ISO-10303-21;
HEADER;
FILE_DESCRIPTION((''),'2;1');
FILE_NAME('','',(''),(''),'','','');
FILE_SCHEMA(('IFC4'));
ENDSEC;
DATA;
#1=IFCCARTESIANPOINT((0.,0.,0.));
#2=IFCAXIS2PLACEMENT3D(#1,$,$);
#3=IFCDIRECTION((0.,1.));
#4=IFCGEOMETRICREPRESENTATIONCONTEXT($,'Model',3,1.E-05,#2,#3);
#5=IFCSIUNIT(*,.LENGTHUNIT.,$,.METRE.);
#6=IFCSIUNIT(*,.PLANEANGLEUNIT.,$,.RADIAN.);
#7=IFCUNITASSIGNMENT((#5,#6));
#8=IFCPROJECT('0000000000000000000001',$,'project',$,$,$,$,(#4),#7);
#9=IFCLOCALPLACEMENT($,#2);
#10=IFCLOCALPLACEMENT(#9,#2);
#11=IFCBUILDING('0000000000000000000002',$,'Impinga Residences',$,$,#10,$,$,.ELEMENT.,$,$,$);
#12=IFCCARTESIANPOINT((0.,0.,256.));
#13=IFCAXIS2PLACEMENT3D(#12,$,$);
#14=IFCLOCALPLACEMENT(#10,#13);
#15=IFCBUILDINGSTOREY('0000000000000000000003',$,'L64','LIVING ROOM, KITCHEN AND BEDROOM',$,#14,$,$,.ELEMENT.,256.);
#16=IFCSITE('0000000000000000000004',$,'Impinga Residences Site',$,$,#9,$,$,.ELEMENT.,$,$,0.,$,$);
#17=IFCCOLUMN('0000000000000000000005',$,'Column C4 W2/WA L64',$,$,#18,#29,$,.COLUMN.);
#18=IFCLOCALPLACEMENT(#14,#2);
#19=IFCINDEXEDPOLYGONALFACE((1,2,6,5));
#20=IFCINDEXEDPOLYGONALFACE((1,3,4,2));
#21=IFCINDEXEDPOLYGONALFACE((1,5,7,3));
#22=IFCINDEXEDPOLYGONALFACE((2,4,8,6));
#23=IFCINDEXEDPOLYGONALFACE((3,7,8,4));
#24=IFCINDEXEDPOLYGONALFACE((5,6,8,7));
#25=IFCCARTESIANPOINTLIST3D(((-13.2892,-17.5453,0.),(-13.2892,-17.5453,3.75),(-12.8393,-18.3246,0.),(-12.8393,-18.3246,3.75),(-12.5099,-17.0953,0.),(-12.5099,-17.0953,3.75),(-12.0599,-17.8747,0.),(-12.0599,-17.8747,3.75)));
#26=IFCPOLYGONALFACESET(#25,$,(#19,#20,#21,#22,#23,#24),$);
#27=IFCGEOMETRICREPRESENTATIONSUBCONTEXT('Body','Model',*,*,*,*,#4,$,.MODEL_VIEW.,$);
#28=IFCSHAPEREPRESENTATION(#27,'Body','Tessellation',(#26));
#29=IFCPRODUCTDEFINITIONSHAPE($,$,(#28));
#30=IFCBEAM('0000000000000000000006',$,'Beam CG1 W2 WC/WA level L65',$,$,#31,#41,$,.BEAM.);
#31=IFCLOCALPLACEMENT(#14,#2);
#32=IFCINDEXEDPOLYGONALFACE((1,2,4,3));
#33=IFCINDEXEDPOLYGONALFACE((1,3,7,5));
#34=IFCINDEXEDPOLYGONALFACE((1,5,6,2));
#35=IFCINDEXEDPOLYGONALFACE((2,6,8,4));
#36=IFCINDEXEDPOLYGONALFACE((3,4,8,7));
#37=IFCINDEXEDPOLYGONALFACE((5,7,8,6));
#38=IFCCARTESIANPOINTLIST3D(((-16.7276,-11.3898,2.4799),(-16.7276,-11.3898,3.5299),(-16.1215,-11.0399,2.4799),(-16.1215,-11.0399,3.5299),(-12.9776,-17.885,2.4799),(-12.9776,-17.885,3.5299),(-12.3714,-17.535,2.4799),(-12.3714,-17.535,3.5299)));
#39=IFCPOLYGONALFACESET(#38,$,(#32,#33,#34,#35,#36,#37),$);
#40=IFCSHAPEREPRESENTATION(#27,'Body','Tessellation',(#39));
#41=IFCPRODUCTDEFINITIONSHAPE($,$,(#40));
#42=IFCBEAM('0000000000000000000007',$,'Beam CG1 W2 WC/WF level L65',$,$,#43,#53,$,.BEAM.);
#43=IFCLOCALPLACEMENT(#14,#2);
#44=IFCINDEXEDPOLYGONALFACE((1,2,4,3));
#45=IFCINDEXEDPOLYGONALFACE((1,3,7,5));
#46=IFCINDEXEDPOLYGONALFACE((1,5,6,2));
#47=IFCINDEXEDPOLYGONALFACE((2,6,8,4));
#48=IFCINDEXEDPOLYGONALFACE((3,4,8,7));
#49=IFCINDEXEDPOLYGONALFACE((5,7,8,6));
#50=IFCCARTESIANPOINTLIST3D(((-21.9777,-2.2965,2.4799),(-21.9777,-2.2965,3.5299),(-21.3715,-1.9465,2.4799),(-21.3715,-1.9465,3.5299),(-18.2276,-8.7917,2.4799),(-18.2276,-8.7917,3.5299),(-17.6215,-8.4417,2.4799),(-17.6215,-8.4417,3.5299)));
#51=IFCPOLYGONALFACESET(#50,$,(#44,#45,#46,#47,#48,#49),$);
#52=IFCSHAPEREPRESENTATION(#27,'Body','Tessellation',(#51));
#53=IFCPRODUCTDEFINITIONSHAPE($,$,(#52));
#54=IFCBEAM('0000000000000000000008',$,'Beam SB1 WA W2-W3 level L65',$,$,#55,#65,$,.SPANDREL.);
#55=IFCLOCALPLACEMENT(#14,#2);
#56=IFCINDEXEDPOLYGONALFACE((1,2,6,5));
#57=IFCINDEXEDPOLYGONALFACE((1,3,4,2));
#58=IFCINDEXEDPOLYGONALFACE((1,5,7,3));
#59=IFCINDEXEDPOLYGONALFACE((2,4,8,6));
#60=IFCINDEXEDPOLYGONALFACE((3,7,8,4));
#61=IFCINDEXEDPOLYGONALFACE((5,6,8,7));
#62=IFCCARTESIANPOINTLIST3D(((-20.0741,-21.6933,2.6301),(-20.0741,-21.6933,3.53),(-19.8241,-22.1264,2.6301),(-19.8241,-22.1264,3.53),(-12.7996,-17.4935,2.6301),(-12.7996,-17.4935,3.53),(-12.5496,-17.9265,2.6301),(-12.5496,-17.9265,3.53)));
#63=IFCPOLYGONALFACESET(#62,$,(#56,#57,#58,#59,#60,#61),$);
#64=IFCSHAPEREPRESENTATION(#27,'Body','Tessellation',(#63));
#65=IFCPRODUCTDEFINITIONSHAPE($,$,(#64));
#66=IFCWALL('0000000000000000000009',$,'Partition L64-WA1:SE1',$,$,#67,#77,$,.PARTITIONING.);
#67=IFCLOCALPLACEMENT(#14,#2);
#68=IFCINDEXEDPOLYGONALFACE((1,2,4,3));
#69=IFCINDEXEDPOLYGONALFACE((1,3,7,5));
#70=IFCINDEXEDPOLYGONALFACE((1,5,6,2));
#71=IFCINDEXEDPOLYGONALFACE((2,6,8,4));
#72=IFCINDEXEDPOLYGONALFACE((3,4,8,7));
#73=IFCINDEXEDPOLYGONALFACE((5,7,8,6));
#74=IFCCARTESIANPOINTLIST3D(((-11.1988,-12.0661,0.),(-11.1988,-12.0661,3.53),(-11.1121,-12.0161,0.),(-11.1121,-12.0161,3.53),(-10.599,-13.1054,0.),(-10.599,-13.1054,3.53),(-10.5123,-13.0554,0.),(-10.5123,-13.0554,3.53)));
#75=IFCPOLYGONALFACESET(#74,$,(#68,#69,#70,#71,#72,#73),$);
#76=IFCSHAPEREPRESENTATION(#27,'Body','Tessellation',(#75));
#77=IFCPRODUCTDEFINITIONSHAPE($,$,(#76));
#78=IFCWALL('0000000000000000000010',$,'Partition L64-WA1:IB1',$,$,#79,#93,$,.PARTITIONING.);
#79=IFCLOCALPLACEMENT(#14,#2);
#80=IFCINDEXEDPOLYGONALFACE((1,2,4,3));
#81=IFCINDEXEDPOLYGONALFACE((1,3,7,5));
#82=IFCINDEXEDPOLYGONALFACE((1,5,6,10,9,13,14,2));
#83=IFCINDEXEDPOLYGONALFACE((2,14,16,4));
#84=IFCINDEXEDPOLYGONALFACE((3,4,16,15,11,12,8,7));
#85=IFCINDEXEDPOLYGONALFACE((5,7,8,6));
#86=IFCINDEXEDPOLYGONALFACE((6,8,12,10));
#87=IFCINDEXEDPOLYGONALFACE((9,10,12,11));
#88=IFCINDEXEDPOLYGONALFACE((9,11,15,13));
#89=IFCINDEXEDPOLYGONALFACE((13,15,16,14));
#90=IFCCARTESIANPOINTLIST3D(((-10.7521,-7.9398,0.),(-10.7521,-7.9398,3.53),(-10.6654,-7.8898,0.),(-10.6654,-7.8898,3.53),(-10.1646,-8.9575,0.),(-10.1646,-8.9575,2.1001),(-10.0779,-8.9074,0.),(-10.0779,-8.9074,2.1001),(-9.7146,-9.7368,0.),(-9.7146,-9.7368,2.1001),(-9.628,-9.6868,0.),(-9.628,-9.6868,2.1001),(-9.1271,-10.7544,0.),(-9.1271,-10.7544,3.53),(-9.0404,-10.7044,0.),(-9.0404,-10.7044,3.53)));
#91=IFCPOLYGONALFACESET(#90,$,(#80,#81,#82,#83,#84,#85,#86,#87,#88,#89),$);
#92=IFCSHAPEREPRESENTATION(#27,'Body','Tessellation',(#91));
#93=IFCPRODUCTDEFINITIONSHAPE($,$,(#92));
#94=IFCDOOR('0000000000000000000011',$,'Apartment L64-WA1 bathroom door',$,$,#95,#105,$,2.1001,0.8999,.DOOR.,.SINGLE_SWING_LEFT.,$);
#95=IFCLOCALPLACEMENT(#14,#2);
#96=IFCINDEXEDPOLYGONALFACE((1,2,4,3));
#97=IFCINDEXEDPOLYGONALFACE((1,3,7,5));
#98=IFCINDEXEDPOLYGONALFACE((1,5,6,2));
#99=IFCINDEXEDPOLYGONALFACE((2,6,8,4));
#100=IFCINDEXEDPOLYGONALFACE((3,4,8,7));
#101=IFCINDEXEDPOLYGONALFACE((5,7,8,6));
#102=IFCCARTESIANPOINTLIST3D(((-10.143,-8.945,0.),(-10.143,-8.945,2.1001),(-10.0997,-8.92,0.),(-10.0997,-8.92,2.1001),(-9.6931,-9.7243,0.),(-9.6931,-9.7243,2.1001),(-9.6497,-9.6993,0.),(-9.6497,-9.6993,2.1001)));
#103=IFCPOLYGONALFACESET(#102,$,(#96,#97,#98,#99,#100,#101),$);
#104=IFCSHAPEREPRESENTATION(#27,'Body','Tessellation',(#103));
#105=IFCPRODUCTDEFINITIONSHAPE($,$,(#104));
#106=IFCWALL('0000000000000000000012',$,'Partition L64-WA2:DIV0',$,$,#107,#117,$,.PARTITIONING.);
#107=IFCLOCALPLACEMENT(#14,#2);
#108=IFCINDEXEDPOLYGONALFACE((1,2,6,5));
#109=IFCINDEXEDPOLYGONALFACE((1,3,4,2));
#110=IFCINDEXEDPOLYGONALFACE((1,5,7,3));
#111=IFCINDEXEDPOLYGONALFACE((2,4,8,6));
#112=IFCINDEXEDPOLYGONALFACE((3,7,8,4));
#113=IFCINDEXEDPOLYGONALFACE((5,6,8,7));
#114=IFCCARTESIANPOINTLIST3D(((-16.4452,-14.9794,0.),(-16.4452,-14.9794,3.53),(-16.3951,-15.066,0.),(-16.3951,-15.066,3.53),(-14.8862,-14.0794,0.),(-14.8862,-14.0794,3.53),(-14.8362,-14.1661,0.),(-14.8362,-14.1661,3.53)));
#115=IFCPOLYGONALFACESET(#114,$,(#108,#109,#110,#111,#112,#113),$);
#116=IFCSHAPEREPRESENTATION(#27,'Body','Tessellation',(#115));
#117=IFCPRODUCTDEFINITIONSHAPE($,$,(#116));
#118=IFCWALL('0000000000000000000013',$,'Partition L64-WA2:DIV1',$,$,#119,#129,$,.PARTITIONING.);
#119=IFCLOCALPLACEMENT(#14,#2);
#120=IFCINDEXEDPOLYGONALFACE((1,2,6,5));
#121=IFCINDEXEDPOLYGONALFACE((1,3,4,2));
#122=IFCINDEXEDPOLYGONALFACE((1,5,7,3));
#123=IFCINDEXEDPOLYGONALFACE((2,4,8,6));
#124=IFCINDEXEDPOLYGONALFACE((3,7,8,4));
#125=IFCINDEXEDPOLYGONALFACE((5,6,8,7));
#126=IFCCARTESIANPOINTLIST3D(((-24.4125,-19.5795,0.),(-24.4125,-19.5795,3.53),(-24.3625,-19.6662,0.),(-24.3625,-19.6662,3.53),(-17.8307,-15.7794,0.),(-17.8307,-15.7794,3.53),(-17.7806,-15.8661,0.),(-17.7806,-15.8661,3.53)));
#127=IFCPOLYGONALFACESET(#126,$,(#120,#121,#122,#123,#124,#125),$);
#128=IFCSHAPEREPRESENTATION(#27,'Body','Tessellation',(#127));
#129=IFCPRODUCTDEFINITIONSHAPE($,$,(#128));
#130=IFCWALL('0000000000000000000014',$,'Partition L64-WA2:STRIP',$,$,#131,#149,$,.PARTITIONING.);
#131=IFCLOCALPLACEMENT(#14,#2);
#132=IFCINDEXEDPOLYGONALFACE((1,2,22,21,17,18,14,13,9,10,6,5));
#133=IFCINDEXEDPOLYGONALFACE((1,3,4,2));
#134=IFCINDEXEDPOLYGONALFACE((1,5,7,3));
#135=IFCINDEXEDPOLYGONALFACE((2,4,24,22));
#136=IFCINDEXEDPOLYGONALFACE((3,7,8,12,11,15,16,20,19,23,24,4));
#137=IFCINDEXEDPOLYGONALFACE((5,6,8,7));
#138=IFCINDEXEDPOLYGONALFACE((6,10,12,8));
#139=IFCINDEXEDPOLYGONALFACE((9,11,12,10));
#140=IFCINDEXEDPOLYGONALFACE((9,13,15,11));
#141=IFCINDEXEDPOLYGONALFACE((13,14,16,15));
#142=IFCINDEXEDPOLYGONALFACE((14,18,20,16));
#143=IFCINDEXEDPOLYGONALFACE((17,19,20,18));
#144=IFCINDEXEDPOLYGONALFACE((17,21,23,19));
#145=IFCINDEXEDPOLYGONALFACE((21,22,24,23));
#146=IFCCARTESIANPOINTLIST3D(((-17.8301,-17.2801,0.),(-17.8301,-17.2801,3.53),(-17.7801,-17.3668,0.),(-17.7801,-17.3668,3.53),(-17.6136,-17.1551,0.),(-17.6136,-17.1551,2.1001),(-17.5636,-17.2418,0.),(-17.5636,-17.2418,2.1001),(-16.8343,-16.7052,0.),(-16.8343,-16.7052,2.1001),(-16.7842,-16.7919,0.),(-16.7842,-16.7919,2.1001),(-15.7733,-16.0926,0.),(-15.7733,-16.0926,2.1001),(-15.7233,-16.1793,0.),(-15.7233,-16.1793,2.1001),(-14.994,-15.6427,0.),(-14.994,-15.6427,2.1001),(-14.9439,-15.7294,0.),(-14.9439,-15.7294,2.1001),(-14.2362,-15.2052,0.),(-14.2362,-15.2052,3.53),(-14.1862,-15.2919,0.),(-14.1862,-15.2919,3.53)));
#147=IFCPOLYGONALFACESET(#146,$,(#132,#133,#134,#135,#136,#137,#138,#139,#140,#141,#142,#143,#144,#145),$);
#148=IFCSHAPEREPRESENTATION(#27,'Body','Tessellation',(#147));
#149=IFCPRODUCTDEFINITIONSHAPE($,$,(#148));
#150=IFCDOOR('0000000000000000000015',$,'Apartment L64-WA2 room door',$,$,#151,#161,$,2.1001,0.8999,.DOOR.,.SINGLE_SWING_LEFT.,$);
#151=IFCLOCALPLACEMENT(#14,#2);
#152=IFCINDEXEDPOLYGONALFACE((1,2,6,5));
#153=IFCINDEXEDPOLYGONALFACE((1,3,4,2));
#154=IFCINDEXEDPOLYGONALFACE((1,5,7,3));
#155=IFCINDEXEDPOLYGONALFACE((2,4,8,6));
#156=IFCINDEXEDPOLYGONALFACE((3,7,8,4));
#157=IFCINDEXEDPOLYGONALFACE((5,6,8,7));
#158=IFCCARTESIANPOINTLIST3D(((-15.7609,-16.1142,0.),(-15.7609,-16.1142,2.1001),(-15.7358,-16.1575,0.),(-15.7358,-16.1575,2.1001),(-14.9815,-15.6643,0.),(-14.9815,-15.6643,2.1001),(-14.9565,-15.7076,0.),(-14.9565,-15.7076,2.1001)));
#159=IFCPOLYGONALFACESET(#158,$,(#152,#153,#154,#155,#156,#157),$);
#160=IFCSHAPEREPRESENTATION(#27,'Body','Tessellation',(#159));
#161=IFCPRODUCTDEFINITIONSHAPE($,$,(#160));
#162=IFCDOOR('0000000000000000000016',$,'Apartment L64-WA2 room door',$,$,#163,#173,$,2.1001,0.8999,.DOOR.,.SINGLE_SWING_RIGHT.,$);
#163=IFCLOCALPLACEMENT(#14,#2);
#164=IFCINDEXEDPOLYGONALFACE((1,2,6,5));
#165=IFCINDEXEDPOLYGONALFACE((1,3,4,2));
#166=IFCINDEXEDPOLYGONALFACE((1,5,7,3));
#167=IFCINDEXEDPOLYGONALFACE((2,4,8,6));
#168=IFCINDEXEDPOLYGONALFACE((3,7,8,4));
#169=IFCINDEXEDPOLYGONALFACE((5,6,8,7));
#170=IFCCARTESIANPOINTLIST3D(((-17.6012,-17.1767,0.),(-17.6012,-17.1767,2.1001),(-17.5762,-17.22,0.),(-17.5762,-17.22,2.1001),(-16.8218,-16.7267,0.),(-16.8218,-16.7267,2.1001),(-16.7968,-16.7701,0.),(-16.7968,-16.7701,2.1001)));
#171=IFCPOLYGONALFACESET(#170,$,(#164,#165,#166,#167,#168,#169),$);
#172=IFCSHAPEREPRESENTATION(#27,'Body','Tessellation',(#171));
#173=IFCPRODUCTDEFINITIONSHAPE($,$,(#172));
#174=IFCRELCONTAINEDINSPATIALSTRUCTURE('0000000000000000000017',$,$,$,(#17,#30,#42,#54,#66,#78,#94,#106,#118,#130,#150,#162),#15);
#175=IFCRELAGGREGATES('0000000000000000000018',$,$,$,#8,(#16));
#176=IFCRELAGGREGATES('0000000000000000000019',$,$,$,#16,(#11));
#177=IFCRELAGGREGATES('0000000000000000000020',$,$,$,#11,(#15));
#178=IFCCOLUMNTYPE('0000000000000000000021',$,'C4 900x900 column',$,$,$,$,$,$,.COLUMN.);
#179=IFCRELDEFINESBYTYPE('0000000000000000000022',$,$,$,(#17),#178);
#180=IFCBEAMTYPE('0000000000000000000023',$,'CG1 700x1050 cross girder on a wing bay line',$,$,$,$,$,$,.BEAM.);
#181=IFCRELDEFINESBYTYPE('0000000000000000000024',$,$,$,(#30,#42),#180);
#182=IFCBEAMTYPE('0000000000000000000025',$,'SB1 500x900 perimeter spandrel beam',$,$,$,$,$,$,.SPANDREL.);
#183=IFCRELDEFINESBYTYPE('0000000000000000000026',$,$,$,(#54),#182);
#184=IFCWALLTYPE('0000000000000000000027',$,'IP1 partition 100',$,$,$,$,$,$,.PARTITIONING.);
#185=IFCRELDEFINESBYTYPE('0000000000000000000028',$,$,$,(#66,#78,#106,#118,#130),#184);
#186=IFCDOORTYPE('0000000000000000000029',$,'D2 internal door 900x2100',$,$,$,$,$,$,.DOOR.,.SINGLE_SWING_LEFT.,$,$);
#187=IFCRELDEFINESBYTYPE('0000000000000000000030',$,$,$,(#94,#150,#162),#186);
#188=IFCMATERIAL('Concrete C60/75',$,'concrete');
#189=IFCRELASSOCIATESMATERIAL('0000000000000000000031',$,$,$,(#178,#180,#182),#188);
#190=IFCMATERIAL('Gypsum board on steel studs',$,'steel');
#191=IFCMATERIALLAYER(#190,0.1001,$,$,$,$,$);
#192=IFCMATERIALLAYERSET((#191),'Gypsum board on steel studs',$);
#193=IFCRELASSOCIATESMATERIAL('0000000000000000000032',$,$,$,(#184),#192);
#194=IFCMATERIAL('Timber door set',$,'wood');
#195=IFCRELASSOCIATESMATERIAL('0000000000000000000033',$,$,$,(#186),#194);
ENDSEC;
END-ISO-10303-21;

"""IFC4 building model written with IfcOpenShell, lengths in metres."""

from ifc_helpers import new_model, si_unit, direction, frame, frame_2d, origin, origin_2d, place, context, subcontext, project, spatial, rectangle, extrude, material, layer, layer_set, material_profile, profile_set, type_object, element, fill, save


model = new_model("IFC4")

# Units and contexts
model_context = context("Model", 3, precision=1e-05, world=origin(), true_north=direction((0.0, 1.0)))
body_context = subcontext(model_context, "Body", "Model", "MODEL_VIEW")
ifc_project = project(units=[si_unit("LENGTHUNIT", "METRE"), si_unit("PLANEANGLEUNIT", "RADIAN")], contexts=[model_context])

# Site, building, storey
site_placement = place(None, origin())
site = spatial("IfcSite", under=ifc_project, at=site_placement, Name="Impinga Residences Site", CompositionType="ELEMENT", RefElevation=0.0)
building_placement = place(site_placement, origin())
building = spatial("IfcBuilding", under=site, at=building_placement, Name="Impinga Residences", CompositionType="ELEMENT")
storey_placement = place(building_placement, frame((0.0, 0.0, 256.0)))
storey = spatial("IfcBuildingStorey", under=building, at=storey_placement, Name="L64", Description="LIVING ROOM, KITCHEN AND BEDROOM", CompositionType="ELEMENT", Elevation=256.0)

# Column
ifc_material_1 = material(Name="Concrete C60/75", Category="concrete")
ifc_material_profile_1 = material_profile(ifc_material_1, rectangle(XDim=0.8999, YDim=0.8999, at=origin_2d()), Name="RC 900x900")
ifc_profile_set_1 = profile_set([ifc_material_profile_1], Name="Concrete C60/75")
column_type = type_object("IfcColumnType", Name="C4 900x900 column", PredefinedType="COLUMN", material=ifc_profile_set_1)
column_placement = place(storey_placement, frame((-12.6746, -17.71, 0.0), z_axis=(0.0, 0.0, 1.0), x_axis=(-0.5, 0.866025, 0.0)))
element("IfcColumn", 1, at=column_placement, inside=storey, type_object=column_type, Name="Column C4 W2/WA L64", PredefinedType="COLUMN", context=body_context, shape_type="SweptSolid", body=[
    extrude(rectangle(XDim=0.8999, YDim=0.8999, at=origin_2d()), origin(), (0.0, 0.0, 1.0), 3.75),
])

# Beams
ifc_material_profile_2 = material_profile(ifc_material_1, rectangle(XDim=0.7, YDim=1.05, at=origin_2d()), Name="RC 700x1050")
ifc_profile_set_2 = profile_set([ifc_material_profile_2], Name="Concrete C60/75")
beam_type_1 = type_object("IfcBeamType", Name="CG1 700x1050 cross girder on a wing bay line", PredefinedType="BEAM", material=ifc_profile_set_2)
for number, where, z_axis, x_axis, name in (
    (2, (-16.4246, -11.2148, 3.0049), (0.500004, -0.866023, 0.0), (0.866023, 0.500004, 0.0), "Beam CG1 W2 WC/WA level L65"),
    (3, (-17.9246, -8.6167, 3.0049), (-0.500004, 0.866023, 0.0), (-0.866023, -0.500004, 0.0), "Beam CG1 W2 WC/WF level L65"),
):
    element("IfcBeam", number, at=place(storey_placement, frame(where, z_axis=z_axis, x_axis=x_axis)), inside=storey, type_object=beam_type_1, Name=name, PredefinedType="BEAM", context=body_context, shape_type="SweptSolid", body=[
        extrude(rectangle(XDim=0.7, YDim=1.05, at=origin_2d()), origin(), (0.0, 0.0, 1.0), 7.5),
    ])
ifc_material_profile_3 = material_profile(ifc_material_1, rectangle(XDim=0.5, YDim=0.8999, at=origin_2d()), Name="RC 500x900")
ifc_profile_set_3 = profile_set([ifc_material_profile_3], Name="Concrete C60/75")
beam_type_2 = type_object("IfcBeamType", Name="SB1 500x900 perimeter spandrel beam", PredefinedType="SPANDREL", material=ifc_profile_set_3)
beam_placement = place(storey_placement, frame((-12.6746, -17.71, 3.0801), z_axis=(-0.866029, -0.499993, 0.0), x_axis=(0.499993, -0.866029, 0.0)))
element("IfcBeam", 4, at=beam_placement, inside=storey, type_object=beam_type_2, Name="Beam SB1 WA W2-W3 level L65", PredefinedType="SPANDREL", context=body_context, shape_type="SweptSolid", body=[
    extrude(rectangle(XDim=0.5, YDim=0.8999, at=origin_2d()), origin(), (0.0, 0.0, 1.0), 8.3999),
])

# Wall
ifc_material_2 = material(Name="Gypsum board on steel studs", Category="steel")
ifc_layer_1 = layer(ifc_material_2, 0.1001)
ifc_layer_set_1 = layer_set([ifc_layer_1], Name="Gypsum board on steel studs")
wall_type_1 = type_object("IfcWallType", Name="IP1 partition 100", PredefinedType="PARTITIONING", material=ifc_layer_set_1)
wall_1_placement = place(storey_placement, frame((-11.1555, -12.041, 0.0), z_axis=(0.0, 0.0, 1.0), x_axis=(0.499881, -0.866094, 0.0)))
element("IfcWall", 5, at=wall_1_placement, inside=storey, type_object=wall_type_1, Name="Partition L64-WA1:SE1", PredefinedType="PARTITIONING", context=body_context, shape_type="SweptSolid", body=[
    extrude(rectangle(XDim=1.2, YDim=0.1001, at=frame_2d((0.6001, 0.0))), origin(), (0.0, 0.0, 1.0), 3.53),
])

# Wall, opening, door
wall_2_placement = place(storey_placement, frame((-10.7087, -7.9148, 0.0), z_axis=(0.0, 0.0, 1.0), x_axis=(0.499985, -0.866034, 0.0)))
wall_2 = element("IfcWall", 6, at=wall_2_placement, inside=storey, type_object=wall_type_1, Name="Partition L64-WA1:IB1", PredefinedType="PARTITIONING", context=body_context, shape_type="SweptSolid", body=[
    extrude(rectangle(XDim=3.25, YDim=0.1001, at=frame_2d((1.625, 0.0))), origin(), (0.0, 0.0, 1.0), 3.53),
])
opening_1_placement = place(wall_2_placement, frame((1.175, 0.0, 0.0)))
opening_1 = element("IfcOpeningElement", 7, at=opening_1_placement, cuts=wall_2, PredefinedType="OPENING", context=body_context, shape_type="SweptSolid", body=[
    extrude(rectangle(XDim=0.8999, YDim=2.1001, at=frame_2d((0.45, 1.05))), frame((0.0, 0.0601, 0.0), z_axis=(0.0, -1.0, 0.0), x_axis=(1.0, 0.0, 0.0)), (0.0, 0.0, 1.0), 0.1201),
])
ifc_material_3 = material(Name="Timber door set", Category="wood")
door_type = type_object("IfcDoorType", Name="D2 internal door 900x2100", OperationType="SINGLE_SWING_LEFT", PredefinedType="DOOR", material=ifc_material_3)
door_1_placement = place(opening_1_placement, origin())
door_1 = element("IfcDoor", 8, at=door_1_placement, inside=storey, type_object=door_type, Name="Apartment L64-WA1 bathroom door", OperationType="SINGLE_SWING_LEFT", OverallHeight=2.1001, OverallWidth=0.8999, PredefinedType="DOOR", context=body_context, shape_type="SweptSolid", body=[
    extrude(rectangle(XDim=0.8999, YDim=2.1001, at=frame_2d((0.45, 1.05))), frame((0.0, 0.0249, 0.0), z_axis=(0.0, -1.0, 0.0), x_axis=(1.0, 0.0, 0.0)), (0.0, 0.0, 1.0), 0.05),
])
fill(opening_1, door_1)

# Walls
wall_3_placement = place(storey_placement, frame((-14.8613, -14.1228, 0.0), z_axis=(0.0, 0.0, 1.0), x_axis=(-0.866048, -0.499961, 0.0)))
element("IfcWall", 9, at=wall_3_placement, inside=storey, type_object=wall_type_1, Name="Partition L64-WA2:DIV0", PredefinedType="PARTITIONING", context=body_context, shape_type="SweptSolid", body=[
    extrude(rectangle(XDim=1.8, YDim=0.1001, at=frame_2d((0.8999, 0.0))), origin(), (0.0, 0.0, 1.0), 3.53),
])
wall_4_placement = place(storey_placement, frame((-17.8057, -15.8228, 0.0), z_axis=(0.0, 0.0, 1.0), x_axis=(-0.866022, -0.500005, 0.0)))
element("IfcWall", 10, at=wall_4_placement, inside=storey, type_object=wall_type_1, Name="Partition L64-WA2:DIV1", PredefinedType="PARTITIONING", context=body_context, shape_type="SweptSolid", body=[
    extrude(rectangle(XDim=7.6001, YDim=0.1001, at=frame_2d((3.8, 0.0))), origin(), (0.0, 0.0, 1.0), 3.53),
])

# Wall, openings, doors
wall_5_placement = place(storey_placement, frame((-14.2112, -15.2485, 0.0), z_axis=(0.0, 0.0, 1.0), x_axis=(-0.86603, -0.499992, 0.0)))
wall_5 = element("IfcWall", 11, at=wall_5_placement, inside=storey, type_object=wall_type_1, Name="Partition L64-WA2:STRIP", PredefinedType="PARTITIONING", context=body_context, shape_type="SweptSolid", body=[
    extrude(rectangle(XDim=4.1499, YDim=0.1001, at=frame_2d((2.075, 0.0))), origin(), (0.0, 0.0, 1.0), 3.53),
])
opening_2_placement = place(wall_5_placement, frame((0.875, 0.0, 0.0)))
opening_2 = element("IfcOpeningElement", 12, at=opening_2_placement, cuts=wall_5, PredefinedType="OPENING", context=body_context, shape_type="SweptSolid", body=[
    extrude(rectangle(XDim=0.8999, YDim=2.1001, at=frame_2d((0.45, 1.05))), frame((0.0, 0.0601, 0.0), z_axis=(0.0, -1.0, 0.0), x_axis=(1.0, 0.0, 0.0)), (0.0, 0.0, 1.0), 0.1201),
])
opening_3_placement = place(wall_5_placement, frame((3.0, 0.0, 0.0)))
opening_3 = element("IfcOpeningElement", 13, at=opening_3_placement, cuts=wall_5, PredefinedType="OPENING", context=body_context, shape_type="SweptSolid", body=[
    extrude(rectangle(XDim=0.8999, YDim=2.1001, at=frame_2d((0.45, 1.05))), frame((0.0, 0.0601, 0.0), z_axis=(0.0, -1.0, 0.0), x_axis=(1.0, 0.0, 0.0)), (0.0, 0.0, 1.0), 0.1201),
])
door_2_placement = place(opening_2_placement, origin())
door_2 = element("IfcDoor", 14, at=door_2_placement, inside=storey, type_object=door_type, Name="Apartment L64-WA2 room door", OperationType="SINGLE_SWING_LEFT", OverallHeight=2.1001, OverallWidth=0.8999, PredefinedType="DOOR", context=body_context, shape_type="SweptSolid", body=[
    extrude(rectangle(XDim=0.8999, YDim=2.1001, at=frame_2d((0.45, 1.05))), frame((0.0, 0.0249, 0.0), z_axis=(0.0, -1.0, 0.0), x_axis=(1.0, 0.0, 0.0)), (0.0, 0.0, 1.0), 0.05),
])
fill(opening_2, door_2)
door_3_placement = place(opening_3_placement, origin())
door_3 = element("IfcDoor", 15, at=door_3_placement, inside=storey, type_object=door_type, Name="Apartment L64-WA2 room door", OperationType="SINGLE_SWING_RIGHT", OverallHeight=2.1001, OverallWidth=0.8999, PredefinedType="DOOR", context=body_context, shape_type="SweptSolid", body=[
    extrude(rectangle(XDim=0.8999, YDim=2.1001, at=frame_2d((0.45, 1.05))), frame((0.0, 0.0249, 0.0), z_axis=(0.0, -1.0, 0.0), x_axis=(1.0, 0.0, 0.0)), (0.0, 0.0, 1.0), 0.05),
])
fill(opening_3, door_3)

save(model, "model.ifc")
